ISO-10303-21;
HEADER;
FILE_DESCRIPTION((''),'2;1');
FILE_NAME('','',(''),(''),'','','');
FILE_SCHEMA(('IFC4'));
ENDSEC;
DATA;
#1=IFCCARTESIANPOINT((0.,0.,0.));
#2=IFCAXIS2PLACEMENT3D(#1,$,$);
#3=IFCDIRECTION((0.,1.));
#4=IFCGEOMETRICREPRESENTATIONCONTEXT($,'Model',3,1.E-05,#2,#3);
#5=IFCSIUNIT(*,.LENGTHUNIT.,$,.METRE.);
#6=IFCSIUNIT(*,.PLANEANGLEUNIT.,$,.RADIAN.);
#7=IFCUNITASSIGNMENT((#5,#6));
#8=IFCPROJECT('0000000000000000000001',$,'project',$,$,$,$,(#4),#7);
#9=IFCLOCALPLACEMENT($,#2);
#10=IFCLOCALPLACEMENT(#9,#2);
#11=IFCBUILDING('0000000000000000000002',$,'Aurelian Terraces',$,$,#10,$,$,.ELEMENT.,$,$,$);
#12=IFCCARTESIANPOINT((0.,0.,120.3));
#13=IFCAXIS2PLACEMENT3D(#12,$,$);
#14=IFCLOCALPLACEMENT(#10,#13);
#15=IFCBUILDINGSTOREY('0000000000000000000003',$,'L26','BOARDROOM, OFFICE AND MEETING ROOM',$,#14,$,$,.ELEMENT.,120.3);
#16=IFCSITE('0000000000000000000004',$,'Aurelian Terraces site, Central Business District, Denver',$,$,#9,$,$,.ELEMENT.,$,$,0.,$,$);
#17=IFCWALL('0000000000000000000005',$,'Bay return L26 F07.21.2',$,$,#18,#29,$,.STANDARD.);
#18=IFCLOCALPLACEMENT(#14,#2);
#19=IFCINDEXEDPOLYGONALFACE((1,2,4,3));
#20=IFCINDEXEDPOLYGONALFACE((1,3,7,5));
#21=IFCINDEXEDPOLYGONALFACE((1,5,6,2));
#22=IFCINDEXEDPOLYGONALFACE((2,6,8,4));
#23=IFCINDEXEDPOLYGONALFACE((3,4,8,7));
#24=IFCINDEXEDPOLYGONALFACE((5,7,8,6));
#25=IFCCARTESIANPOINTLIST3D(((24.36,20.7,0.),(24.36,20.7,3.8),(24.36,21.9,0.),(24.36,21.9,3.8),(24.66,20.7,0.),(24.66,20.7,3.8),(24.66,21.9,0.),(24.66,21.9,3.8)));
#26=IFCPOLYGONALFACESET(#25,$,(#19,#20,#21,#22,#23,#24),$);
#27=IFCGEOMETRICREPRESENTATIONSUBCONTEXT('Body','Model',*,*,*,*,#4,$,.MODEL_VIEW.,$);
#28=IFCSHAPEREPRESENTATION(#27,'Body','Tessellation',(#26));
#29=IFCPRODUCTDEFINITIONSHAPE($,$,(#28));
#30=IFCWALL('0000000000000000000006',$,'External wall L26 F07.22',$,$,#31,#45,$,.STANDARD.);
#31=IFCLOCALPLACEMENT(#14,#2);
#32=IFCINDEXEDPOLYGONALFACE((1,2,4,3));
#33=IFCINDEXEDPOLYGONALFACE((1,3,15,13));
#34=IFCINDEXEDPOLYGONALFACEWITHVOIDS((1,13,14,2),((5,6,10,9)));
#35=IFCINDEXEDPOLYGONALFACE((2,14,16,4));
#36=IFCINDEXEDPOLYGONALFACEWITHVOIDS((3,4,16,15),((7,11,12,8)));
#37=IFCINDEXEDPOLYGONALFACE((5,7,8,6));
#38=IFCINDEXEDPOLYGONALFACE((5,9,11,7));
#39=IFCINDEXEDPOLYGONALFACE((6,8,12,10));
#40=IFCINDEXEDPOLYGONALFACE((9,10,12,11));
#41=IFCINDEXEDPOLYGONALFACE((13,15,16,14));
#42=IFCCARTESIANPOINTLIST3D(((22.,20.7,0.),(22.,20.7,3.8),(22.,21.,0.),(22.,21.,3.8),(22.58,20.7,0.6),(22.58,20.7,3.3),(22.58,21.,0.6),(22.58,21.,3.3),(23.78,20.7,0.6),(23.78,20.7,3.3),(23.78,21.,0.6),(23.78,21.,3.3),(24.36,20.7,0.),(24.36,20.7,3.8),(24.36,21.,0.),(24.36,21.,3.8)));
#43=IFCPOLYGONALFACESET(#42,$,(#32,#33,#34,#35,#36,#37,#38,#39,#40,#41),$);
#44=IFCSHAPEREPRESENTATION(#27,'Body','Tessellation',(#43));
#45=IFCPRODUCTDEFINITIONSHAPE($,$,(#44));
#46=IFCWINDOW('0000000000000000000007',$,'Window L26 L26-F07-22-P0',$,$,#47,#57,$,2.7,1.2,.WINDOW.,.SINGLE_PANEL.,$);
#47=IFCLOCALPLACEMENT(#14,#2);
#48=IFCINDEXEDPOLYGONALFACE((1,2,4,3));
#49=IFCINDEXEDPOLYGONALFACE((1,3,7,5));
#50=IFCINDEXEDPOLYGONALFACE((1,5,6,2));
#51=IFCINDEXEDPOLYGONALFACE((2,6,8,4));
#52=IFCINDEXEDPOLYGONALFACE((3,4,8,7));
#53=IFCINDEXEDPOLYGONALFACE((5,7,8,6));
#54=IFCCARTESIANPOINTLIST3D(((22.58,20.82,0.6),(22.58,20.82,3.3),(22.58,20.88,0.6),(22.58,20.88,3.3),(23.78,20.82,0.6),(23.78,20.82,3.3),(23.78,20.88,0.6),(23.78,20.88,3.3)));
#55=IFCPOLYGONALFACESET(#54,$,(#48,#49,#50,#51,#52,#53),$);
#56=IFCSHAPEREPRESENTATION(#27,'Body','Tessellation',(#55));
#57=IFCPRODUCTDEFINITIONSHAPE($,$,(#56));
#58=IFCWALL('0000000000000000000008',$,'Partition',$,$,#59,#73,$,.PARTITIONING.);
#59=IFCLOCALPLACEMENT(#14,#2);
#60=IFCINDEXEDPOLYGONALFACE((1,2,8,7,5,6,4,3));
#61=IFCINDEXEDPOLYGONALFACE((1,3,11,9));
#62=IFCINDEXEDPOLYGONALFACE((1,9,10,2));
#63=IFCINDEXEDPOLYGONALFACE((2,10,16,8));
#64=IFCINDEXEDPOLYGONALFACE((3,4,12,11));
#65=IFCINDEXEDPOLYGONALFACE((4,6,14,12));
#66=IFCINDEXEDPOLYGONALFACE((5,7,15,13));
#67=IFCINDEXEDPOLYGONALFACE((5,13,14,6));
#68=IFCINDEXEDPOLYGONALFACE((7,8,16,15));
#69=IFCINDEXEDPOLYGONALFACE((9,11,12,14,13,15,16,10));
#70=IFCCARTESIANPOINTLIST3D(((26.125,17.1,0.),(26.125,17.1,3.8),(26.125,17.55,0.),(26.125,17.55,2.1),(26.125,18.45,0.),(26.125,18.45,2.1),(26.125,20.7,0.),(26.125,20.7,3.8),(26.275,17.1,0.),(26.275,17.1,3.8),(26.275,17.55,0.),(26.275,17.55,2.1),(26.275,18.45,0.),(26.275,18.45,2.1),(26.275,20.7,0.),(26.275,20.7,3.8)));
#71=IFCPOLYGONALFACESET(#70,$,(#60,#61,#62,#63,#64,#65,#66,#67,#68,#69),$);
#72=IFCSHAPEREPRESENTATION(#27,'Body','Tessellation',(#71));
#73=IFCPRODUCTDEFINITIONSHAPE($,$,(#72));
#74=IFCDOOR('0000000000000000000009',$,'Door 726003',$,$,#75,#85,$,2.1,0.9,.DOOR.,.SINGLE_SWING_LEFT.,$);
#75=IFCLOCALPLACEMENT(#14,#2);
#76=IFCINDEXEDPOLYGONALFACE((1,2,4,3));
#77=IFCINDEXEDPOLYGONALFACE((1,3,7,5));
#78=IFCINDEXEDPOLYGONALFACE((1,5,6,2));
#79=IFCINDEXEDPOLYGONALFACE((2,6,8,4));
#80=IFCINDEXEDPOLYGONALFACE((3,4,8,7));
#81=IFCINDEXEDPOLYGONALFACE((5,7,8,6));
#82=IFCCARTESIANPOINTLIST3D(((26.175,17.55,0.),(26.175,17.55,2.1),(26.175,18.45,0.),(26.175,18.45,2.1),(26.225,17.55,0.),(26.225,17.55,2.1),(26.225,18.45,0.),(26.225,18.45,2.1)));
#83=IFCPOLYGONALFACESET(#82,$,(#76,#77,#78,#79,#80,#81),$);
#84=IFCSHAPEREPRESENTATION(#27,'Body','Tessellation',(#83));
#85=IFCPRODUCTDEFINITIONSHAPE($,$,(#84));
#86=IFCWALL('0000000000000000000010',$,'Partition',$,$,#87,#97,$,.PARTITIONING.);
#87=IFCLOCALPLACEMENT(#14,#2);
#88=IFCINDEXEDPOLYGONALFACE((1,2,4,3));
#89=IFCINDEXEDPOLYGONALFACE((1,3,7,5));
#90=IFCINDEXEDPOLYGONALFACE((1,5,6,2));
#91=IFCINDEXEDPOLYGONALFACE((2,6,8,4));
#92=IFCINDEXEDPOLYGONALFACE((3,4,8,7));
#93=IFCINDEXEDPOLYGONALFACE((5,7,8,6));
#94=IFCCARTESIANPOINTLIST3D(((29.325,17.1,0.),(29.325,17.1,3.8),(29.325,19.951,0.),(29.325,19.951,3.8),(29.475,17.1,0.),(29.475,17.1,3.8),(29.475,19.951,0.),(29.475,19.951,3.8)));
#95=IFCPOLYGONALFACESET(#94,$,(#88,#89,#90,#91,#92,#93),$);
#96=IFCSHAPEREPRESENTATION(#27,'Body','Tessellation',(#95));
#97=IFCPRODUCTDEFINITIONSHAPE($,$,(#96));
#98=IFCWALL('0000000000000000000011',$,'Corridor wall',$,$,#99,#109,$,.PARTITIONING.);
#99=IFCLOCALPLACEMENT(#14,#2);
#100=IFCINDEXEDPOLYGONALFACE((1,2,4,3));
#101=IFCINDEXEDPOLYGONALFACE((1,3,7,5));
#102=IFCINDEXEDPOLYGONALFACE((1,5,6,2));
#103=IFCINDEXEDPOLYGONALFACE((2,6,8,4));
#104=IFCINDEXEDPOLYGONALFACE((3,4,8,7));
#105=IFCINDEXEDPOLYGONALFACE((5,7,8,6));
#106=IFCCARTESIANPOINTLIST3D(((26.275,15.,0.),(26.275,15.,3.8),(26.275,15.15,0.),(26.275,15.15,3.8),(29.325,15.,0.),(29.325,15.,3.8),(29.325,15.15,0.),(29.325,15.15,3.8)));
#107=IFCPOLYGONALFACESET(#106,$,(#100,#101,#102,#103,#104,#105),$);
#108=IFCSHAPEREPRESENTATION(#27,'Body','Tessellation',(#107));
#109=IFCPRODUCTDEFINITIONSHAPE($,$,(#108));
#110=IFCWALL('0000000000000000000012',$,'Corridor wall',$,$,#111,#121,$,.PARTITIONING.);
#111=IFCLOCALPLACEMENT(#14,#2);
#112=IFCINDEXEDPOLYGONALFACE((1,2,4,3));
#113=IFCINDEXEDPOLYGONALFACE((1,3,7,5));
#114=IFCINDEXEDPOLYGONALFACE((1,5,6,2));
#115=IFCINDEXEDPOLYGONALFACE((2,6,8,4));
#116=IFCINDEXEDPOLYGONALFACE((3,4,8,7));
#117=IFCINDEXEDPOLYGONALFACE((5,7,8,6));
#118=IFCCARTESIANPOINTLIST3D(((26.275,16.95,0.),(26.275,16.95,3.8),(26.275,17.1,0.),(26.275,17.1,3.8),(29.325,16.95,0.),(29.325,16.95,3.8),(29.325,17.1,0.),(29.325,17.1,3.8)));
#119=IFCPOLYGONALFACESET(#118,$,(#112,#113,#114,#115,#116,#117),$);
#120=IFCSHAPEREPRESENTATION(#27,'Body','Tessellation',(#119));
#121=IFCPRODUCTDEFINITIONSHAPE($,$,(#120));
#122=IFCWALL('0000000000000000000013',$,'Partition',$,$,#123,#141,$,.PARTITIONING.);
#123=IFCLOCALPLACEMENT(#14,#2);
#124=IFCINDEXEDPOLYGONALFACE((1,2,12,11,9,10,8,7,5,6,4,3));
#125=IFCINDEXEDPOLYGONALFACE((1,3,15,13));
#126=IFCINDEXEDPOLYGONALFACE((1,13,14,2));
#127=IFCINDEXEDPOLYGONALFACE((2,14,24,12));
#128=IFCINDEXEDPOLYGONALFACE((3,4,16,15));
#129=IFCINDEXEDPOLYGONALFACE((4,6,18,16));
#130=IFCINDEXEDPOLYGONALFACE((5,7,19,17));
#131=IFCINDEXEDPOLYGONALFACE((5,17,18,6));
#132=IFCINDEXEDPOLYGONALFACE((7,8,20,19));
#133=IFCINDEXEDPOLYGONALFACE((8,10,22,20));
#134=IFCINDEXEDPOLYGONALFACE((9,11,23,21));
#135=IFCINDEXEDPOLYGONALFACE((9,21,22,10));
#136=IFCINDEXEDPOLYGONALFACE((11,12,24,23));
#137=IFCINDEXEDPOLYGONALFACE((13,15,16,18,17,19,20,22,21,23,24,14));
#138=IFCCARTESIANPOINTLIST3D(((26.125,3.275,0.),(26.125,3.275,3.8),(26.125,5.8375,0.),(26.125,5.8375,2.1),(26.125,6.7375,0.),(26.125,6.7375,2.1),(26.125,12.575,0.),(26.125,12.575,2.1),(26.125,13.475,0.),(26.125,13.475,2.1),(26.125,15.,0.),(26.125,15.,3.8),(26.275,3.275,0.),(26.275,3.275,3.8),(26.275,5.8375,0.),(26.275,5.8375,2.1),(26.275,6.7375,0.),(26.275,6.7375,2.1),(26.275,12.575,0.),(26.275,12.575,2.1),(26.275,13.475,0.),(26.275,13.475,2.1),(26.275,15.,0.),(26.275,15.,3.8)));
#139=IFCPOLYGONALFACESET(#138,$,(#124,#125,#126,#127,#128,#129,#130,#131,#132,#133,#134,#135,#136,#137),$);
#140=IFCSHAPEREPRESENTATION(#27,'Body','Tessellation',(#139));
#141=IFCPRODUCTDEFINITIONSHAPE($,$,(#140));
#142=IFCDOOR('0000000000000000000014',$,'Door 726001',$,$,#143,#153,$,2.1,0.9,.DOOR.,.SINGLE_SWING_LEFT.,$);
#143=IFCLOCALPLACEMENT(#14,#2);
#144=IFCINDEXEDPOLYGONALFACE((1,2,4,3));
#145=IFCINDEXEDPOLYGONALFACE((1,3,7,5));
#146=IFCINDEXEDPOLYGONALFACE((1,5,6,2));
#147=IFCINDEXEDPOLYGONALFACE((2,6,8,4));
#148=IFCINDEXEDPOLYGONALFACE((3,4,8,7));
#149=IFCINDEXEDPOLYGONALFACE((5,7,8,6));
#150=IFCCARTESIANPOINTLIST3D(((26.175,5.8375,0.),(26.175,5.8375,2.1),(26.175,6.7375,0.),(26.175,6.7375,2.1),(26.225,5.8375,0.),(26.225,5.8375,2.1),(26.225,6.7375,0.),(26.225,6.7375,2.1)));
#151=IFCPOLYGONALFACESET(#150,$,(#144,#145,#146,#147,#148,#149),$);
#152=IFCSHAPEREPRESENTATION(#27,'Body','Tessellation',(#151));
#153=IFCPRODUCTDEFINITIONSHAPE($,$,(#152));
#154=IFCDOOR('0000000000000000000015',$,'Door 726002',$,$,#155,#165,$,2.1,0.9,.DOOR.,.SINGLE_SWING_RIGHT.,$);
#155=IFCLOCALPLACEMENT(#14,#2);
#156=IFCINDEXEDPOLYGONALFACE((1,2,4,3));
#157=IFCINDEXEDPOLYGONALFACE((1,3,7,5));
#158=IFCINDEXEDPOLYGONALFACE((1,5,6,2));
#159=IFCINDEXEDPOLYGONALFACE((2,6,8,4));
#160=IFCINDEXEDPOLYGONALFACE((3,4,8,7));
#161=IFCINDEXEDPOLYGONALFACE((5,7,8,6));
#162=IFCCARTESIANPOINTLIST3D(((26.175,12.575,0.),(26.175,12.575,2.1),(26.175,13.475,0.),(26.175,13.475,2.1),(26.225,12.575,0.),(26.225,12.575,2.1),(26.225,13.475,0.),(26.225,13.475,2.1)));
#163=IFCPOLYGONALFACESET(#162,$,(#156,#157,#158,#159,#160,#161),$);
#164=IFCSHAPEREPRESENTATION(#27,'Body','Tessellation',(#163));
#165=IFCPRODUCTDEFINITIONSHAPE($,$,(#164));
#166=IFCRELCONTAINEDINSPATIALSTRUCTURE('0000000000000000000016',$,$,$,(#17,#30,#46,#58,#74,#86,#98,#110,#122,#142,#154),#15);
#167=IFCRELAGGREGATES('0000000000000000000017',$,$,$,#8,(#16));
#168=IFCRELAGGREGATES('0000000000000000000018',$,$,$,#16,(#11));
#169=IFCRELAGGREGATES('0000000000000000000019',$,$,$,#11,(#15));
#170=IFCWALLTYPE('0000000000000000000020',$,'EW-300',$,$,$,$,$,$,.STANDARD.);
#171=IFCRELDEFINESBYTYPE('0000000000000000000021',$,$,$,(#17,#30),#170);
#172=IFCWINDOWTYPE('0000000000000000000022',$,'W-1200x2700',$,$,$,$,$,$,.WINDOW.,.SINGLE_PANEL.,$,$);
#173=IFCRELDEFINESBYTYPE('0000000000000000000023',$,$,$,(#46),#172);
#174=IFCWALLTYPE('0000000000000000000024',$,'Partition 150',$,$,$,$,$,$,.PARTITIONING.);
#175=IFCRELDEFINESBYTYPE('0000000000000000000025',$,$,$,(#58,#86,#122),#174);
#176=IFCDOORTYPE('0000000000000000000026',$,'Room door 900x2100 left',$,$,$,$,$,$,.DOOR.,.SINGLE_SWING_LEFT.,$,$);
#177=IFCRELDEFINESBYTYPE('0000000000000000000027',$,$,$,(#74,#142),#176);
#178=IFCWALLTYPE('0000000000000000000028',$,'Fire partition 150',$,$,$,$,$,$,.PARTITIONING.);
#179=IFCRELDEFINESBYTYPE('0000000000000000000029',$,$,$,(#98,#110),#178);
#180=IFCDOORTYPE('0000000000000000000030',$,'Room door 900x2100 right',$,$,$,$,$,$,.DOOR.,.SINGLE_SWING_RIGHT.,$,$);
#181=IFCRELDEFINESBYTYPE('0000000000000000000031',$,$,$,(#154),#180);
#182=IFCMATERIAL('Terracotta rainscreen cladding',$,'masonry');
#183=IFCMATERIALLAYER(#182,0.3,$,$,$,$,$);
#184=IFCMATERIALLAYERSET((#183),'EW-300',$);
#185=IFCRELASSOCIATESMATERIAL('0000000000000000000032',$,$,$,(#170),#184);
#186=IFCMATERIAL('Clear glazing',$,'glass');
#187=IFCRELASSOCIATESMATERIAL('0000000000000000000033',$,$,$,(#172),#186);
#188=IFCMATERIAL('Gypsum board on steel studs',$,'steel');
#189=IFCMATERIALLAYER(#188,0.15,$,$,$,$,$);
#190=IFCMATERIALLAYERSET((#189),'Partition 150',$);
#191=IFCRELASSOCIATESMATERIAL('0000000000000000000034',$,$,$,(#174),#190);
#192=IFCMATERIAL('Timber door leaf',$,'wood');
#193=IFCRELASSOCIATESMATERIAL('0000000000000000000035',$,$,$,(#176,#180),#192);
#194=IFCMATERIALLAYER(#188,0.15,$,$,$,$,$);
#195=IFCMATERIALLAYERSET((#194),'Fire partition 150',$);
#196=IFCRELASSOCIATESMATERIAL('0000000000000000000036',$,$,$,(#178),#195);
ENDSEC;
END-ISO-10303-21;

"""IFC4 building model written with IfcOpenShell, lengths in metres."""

from ifc_helpers import new_model, si_unit, direction, frame, frame_2d, origin, place, context, subcontext, project, spatial, rectangle, extrude, source, transform, mapped, material, layer, layer_set, type_object, element, fill, save


model = new_model("IFC4")

# Units and contexts
model_context = context("Model", 3, precision=1e-05, world=origin(), true_north=direction((0.0, 1.0)))
body_context = subcontext(model_context, "Body", "Model", "MODEL_VIEW")
ifc_project = project(units=[si_unit("LENGTHUNIT", "METRE"), si_unit("PLANEANGLEUNIT", "RADIAN")], contexts=[model_context])

# Site, building, storey
site_placement = place(None, origin())
site = spatial("IfcSite", under=ifc_project, at=site_placement, Name="Aurelian Terraces site, Central Business District, Denver", CompositionType="ELEMENT", RefElevation=0.0)
building_placement = place(site_placement, origin())
building = spatial("IfcBuilding", under=site, at=building_placement, Name="Aurelian Terraces", CompositionType="ELEMENT")
storey_placement = place(building_placement, frame((0.0, 0.0, 120.3)))
storey = spatial("IfcBuildingStorey", under=building, at=storey_placement, Name="L26", Description="BOARDROOM, OFFICE AND MEETING ROOM", CompositionType="ELEMENT", Elevation=120.3)

# Wall
ifc_material_1 = material(Name="Terracotta rainscreen cladding", Category="masonry")
ifc_layer_1 = layer(ifc_material_1, 0.3)
ifc_layer_set_1 = layer_set([ifc_layer_1], Name="EW-300")
wall_type_1 = type_object("IfcWallType", Name="EW-300", PredefinedType="STANDARD", material=ifc_layer_set_1)
shared_shape_1 = source(origin(), body_context, "Body", "SweptSolid", [
    extrude(rectangle(XDim=1.2, YDim=0.3, at=frame_2d((0.6, 0.0))), origin(), (0.0, 0.0, 1.0), 3.8),
])
wall_1_placement = place(storey_placement, frame((24.51, 20.7, 0.0), z_axis=(0.0, 0.0, 1.0), x_axis=(0.0, 1.0, 0.0)))
element("IfcWall", 1, at=wall_1_placement, inside=storey, type_object=wall_type_1, Name="Bay return L26 F07.21.2", PredefinedType="STANDARD", context=body_context, shape_type="MappedRepresentation", body=[
    mapped(shared_shape_1, transform((0.0, 0.0, 0.0), scale=1.0)),
])

# Wall, opening, window
shared_shape_2 = source(origin(), body_context, "Body", "SweptSolid", [
    extrude(rectangle(XDim=2.36, YDim=0.3, at=frame_2d((1.18, 0.0))), origin(), (0.0, 0.0, 1.0), 3.8),
])
wall_2_placement = place(storey_placement, frame((24.36, 20.85, 0.0), z_axis=(0.0, 0.0, 1.0), x_axis=(-1.0, 0.0, 0.0)))
wall_2 = element("IfcWall", 2, at=wall_2_placement, inside=storey, type_object=wall_type_1, Name="External wall L26 F07.22", PredefinedType="STANDARD", context=body_context, shape_type="MappedRepresentation", body=[
    mapped(shared_shape_2, transform((0.0, 0.0, 0.0), scale=1.0)),
])
shared_shape_3 = source(origin(), body_context, "Body", "SweptSolid", [
    extrude(rectangle(XDim=1.2, YDim=2.7, at=frame_2d((0.6, 1.35))), frame((0.0, 0.16, 0.0), z_axis=(0.0, -1.0, 0.0), x_axis=(1.0, 0.0, 0.0)), (0.0, 0.0, 1.0), 0.32),
])
opening_1_placement = place(wall_2_placement, frame((0.58, 0.0, 0.6)))
opening_1 = element("IfcOpeningElement", 3, at=opening_1_placement, cuts=wall_2, PredefinedType="OPENING", context=body_context, shape_type="MappedRepresentation", body=[
    mapped(shared_shape_3, transform((0.0, 0.0, 0.0), scale=1.0)),
])
ifc_material_2 = material(Name="Clear glazing", Category="glass")
window_type = type_object("IfcWindowType", Name="W-1200x2700", PartitioningType="SINGLE_PANEL", PredefinedType="WINDOW", material=ifc_material_2)
shared_shape_4 = source(origin(), body_context, "Body", "SweptSolid", [
    extrude(rectangle(XDim=1.2, YDim=2.7, at=frame_2d((0.6, 1.35))), frame((0.0, 0.03, 0.0), z_axis=(0.0, -1.0, 0.0), x_axis=(1.0, 0.0, 0.0)), (0.0, 0.0, 1.0), 0.06),
])
window_placement = place(opening_1_placement, origin())
window = element("IfcWindow", 4, at=window_placement, inside=storey, type_object=window_type, Name="Window L26 L26-F07-22-P0", OverallHeight=2.7, OverallWidth=1.2, PartitioningType="SINGLE_PANEL", PredefinedType="WINDOW", context=body_context, shape_type="MappedRepresentation", body=[
    mapped(shared_shape_4, transform((0.0, 0.0, 0.0), scale=1.0)),
])
fill(opening_1, window)

# Wall, opening, door
ifc_material_3 = material(Name="Gypsum board on steel studs", Category="steel")
ifc_layer_2 = layer(ifc_material_3, 0.15)
ifc_layer_set_2 = layer_set([ifc_layer_2], Name="Partition 150")
wall_type_2 = type_object("IfcWallType", Name="Partition 150", PredefinedType="PARTITIONING", material=ifc_layer_set_2)
shared_shape_5 = source(origin(), body_context, "Body", "SweptSolid", [
    extrude(rectangle(XDim=3.6, YDim=0.15, at=frame_2d((1.8, 0.0))), origin(), (0.0, 0.0, 1.0), 3.8),
])
wall_3_placement = place(storey_placement, frame((26.2, 20.7, 0.0), z_axis=(0.0, 0.0, 1.0), x_axis=(0.0, -1.0, 0.0)))
wall_3 = element("IfcWall", 5, at=wall_3_placement, inside=storey, type_object=wall_type_2, Name="Partition", PredefinedType="PARTITIONING", context=body_context, shape_type="MappedRepresentation", body=[
    mapped(shared_shape_5, transform((0.0, 0.0, 0.0), scale=1.0)),
])
shared_shape_6 = source(origin(), body_context, "Body", "SweptSolid", [
    extrude(rectangle(XDim=0.9, YDim=2.1, at=frame_2d((0.45, 1.05))), frame((0.0, 0.085, 0.0), z_axis=(0.0, -1.0, 0.0), x_axis=(1.0, 0.0, 0.0)), (0.0, 0.0, 1.0), 0.17),
])
opening_2_placement = place(wall_3_placement, frame((2.25, 0.0, 0.0)))
opening_2 = element("IfcOpeningElement", 6, at=opening_2_placement, cuts=wall_3, PredefinedType="OPENING", context=body_context, shape_type="MappedRepresentation", body=[
    mapped(shared_shape_6, transform((0.0, 0.0, 0.0), scale=1.0)),
])
ifc_material_4 = material(Name="Timber door leaf", Category="wood")
door_type_1 = type_object("IfcDoorType", Name="Room door 900x2100 left", OperationType="SINGLE_SWING_LEFT", PredefinedType="DOOR", material=ifc_material_4)
shared_shape_7 = source(origin(), body_context, "Body", "SweptSolid", [
    extrude(rectangle(XDim=0.9, YDim=2.1, at=frame_2d((0.45, 1.05))), frame((0.0, 0.025, 0.0), z_axis=(0.0, -1.0, 0.0), x_axis=(1.0, 0.0, 0.0)), (0.0, 0.0, 1.0), 0.05),
])
door_1_placement = place(opening_2_placement, origin())
door_1 = element("IfcDoor", 7, at=door_1_placement, inside=storey, type_object=door_type_1, Name="Door 726003", OperationType="SINGLE_SWING_LEFT", OverallHeight=2.1, OverallWidth=0.9, PredefinedType="DOOR", context=body_context, shape_type="MappedRepresentation", body=[
    mapped(shared_shape_7, transform((0.0, 0.0, 0.0), scale=1.0)),
])
fill(opening_2, door_1)

# Shared definitions
ifc_layer_3 = layer(ifc_material_3, 0.15)
ifc_layer_set_3 = layer_set([ifc_layer_3], Name="Fire partition 150")
wall_type_3 = type_object("IfcWallType", Name="Fire partition 150", PredefinedType="PARTITIONING", material=ifc_layer_set_3)
door_type_2 = type_object("IfcDoorType", Name="Room door 900x2100 right", OperationType="SINGLE_SWING_RIGHT", PredefinedType="DOOR", material=ifc_material_4)

# Walls
shared_shape_8 = source(origin(), body_context, "Body", "SweptSolid", [
    extrude(rectangle(XDim=2.851, YDim=0.15, at=frame_2d((1.4255, 0.0))), origin(), (0.0, 0.0, 1.0), 3.8),
])
wall_4_placement = place(storey_placement, frame((29.4, 17.1, 0.0), z_axis=(0.0, 0.0, 1.0), x_axis=(0.0, 1.0, 0.0)))
element("IfcWall", 8, at=wall_4_placement, inside=storey, type_object=wall_type_2, Name="Partition", PredefinedType="PARTITIONING", context=body_context, shape_type="MappedRepresentation", body=[
    mapped(shared_shape_8, transform((0.0, 0.0, 0.0), scale=1.0)),
])
shared_shape_9 = source(origin(), body_context, "Body", "SweptSolid", [
    extrude(rectangle(XDim=3.05, YDim=0.15, at=frame_2d((1.525, 0.0))), origin(), (0.0, 0.0, 1.0), 3.8),
])
for number, where, z_axis, x_axis, name in (
    (9, (29.325, 15.075, 0.0), (0.0, 0.0, 1.0), (-1.0, 0.0, 0.0), "Corridor wall"),
    (10, (26.275, 17.025, 0.0), (0.0, 0.0, 1.0), (1.0, 0.0, 0.0), "Corridor wall"),
):
    element("IfcWall", number, at=place(storey_placement, frame(where, z_axis=z_axis, x_axis=x_axis)), inside=storey, type_object=wall_type_3, Name=name, PredefinedType="PARTITIONING", context=body_context, shape_type="MappedRepresentation", body=[
        mapped(shared_shape_9, transform((0.0, 0.0, 0.0), scale=1.0)),
    ])

# Wall, openings, doors
shared_shape_10 = source(origin(), body_context, "Body", "SweptSolid", [
    extrude(rectangle(XDim=11.725, YDim=0.15, at=frame_2d((5.8625, 0.0))), origin(), (0.0, 0.0, 1.0), 3.8),
])
wall_5_placement = place(storey_placement, frame((26.2, 15.0, 0.0), z_axis=(0.0, 0.0, 1.0), x_axis=(0.0, -1.0, 0.0)))
wall_5 = element("IfcWall", 11, at=wall_5_placement, inside=storey, type_object=wall_type_2, Name="Partition", PredefinedType="PARTITIONING", context=body_context, shape_type="MappedRepresentation", body=[
    mapped(shared_shape_10, transform((0.0, 0.0, 0.0), scale=1.0)),
])
opening_3_placement = place(wall_5_placement, frame((8.2625, 0.0, 0.0)))
opening_3 = element("IfcOpeningElement", 12, at=opening_3_placement, cuts=wall_5, PredefinedType="OPENING", context=body_context, shape_type="MappedRepresentation", body=[
    mapped(shared_shape_6, transform((0.0, 0.0, 0.0), scale=1.0)),
])
opening_4_placement = place(wall_5_placement, frame((1.525, 0.0, 0.0)))
opening_4 = element("IfcOpeningElement", 13, at=opening_4_placement, cuts=wall_5, PredefinedType="OPENING", context=body_context, shape_type="MappedRepresentation", body=[
    mapped(shared_shape_6, transform((0.0, 0.0, 0.0), scale=1.0)),
])
door_2_placement = place(opening_3_placement, origin())
door_2 = element("IfcDoor", 14, at=door_2_placement, inside=storey, type_object=door_type_1, Name="Door 726001", OperationType="SINGLE_SWING_LEFT", OverallHeight=2.1, OverallWidth=0.9, PredefinedType="DOOR", context=body_context, shape_type="MappedRepresentation", body=[
    mapped(shared_shape_7, transform((0.0, 0.0, 0.0), scale=1.0)),
])
fill(opening_3, door_2)
door_3_placement = place(opening_4_placement, origin())
door_3 = element("IfcDoor", 15, at=door_3_placement, inside=storey, type_object=door_type_2, Name="Door 726002", OperationType="SINGLE_SWING_RIGHT", OverallHeight=2.1, OverallWidth=0.9, PredefinedType="DOOR", context=body_context, shape_type="MappedRepresentation", body=[
    mapped(shared_shape_7, transform((0.0, 0.0, 0.0), scale=1.0)),
])
fill(opening_4, door_3)

save(model, "model.ifc")
